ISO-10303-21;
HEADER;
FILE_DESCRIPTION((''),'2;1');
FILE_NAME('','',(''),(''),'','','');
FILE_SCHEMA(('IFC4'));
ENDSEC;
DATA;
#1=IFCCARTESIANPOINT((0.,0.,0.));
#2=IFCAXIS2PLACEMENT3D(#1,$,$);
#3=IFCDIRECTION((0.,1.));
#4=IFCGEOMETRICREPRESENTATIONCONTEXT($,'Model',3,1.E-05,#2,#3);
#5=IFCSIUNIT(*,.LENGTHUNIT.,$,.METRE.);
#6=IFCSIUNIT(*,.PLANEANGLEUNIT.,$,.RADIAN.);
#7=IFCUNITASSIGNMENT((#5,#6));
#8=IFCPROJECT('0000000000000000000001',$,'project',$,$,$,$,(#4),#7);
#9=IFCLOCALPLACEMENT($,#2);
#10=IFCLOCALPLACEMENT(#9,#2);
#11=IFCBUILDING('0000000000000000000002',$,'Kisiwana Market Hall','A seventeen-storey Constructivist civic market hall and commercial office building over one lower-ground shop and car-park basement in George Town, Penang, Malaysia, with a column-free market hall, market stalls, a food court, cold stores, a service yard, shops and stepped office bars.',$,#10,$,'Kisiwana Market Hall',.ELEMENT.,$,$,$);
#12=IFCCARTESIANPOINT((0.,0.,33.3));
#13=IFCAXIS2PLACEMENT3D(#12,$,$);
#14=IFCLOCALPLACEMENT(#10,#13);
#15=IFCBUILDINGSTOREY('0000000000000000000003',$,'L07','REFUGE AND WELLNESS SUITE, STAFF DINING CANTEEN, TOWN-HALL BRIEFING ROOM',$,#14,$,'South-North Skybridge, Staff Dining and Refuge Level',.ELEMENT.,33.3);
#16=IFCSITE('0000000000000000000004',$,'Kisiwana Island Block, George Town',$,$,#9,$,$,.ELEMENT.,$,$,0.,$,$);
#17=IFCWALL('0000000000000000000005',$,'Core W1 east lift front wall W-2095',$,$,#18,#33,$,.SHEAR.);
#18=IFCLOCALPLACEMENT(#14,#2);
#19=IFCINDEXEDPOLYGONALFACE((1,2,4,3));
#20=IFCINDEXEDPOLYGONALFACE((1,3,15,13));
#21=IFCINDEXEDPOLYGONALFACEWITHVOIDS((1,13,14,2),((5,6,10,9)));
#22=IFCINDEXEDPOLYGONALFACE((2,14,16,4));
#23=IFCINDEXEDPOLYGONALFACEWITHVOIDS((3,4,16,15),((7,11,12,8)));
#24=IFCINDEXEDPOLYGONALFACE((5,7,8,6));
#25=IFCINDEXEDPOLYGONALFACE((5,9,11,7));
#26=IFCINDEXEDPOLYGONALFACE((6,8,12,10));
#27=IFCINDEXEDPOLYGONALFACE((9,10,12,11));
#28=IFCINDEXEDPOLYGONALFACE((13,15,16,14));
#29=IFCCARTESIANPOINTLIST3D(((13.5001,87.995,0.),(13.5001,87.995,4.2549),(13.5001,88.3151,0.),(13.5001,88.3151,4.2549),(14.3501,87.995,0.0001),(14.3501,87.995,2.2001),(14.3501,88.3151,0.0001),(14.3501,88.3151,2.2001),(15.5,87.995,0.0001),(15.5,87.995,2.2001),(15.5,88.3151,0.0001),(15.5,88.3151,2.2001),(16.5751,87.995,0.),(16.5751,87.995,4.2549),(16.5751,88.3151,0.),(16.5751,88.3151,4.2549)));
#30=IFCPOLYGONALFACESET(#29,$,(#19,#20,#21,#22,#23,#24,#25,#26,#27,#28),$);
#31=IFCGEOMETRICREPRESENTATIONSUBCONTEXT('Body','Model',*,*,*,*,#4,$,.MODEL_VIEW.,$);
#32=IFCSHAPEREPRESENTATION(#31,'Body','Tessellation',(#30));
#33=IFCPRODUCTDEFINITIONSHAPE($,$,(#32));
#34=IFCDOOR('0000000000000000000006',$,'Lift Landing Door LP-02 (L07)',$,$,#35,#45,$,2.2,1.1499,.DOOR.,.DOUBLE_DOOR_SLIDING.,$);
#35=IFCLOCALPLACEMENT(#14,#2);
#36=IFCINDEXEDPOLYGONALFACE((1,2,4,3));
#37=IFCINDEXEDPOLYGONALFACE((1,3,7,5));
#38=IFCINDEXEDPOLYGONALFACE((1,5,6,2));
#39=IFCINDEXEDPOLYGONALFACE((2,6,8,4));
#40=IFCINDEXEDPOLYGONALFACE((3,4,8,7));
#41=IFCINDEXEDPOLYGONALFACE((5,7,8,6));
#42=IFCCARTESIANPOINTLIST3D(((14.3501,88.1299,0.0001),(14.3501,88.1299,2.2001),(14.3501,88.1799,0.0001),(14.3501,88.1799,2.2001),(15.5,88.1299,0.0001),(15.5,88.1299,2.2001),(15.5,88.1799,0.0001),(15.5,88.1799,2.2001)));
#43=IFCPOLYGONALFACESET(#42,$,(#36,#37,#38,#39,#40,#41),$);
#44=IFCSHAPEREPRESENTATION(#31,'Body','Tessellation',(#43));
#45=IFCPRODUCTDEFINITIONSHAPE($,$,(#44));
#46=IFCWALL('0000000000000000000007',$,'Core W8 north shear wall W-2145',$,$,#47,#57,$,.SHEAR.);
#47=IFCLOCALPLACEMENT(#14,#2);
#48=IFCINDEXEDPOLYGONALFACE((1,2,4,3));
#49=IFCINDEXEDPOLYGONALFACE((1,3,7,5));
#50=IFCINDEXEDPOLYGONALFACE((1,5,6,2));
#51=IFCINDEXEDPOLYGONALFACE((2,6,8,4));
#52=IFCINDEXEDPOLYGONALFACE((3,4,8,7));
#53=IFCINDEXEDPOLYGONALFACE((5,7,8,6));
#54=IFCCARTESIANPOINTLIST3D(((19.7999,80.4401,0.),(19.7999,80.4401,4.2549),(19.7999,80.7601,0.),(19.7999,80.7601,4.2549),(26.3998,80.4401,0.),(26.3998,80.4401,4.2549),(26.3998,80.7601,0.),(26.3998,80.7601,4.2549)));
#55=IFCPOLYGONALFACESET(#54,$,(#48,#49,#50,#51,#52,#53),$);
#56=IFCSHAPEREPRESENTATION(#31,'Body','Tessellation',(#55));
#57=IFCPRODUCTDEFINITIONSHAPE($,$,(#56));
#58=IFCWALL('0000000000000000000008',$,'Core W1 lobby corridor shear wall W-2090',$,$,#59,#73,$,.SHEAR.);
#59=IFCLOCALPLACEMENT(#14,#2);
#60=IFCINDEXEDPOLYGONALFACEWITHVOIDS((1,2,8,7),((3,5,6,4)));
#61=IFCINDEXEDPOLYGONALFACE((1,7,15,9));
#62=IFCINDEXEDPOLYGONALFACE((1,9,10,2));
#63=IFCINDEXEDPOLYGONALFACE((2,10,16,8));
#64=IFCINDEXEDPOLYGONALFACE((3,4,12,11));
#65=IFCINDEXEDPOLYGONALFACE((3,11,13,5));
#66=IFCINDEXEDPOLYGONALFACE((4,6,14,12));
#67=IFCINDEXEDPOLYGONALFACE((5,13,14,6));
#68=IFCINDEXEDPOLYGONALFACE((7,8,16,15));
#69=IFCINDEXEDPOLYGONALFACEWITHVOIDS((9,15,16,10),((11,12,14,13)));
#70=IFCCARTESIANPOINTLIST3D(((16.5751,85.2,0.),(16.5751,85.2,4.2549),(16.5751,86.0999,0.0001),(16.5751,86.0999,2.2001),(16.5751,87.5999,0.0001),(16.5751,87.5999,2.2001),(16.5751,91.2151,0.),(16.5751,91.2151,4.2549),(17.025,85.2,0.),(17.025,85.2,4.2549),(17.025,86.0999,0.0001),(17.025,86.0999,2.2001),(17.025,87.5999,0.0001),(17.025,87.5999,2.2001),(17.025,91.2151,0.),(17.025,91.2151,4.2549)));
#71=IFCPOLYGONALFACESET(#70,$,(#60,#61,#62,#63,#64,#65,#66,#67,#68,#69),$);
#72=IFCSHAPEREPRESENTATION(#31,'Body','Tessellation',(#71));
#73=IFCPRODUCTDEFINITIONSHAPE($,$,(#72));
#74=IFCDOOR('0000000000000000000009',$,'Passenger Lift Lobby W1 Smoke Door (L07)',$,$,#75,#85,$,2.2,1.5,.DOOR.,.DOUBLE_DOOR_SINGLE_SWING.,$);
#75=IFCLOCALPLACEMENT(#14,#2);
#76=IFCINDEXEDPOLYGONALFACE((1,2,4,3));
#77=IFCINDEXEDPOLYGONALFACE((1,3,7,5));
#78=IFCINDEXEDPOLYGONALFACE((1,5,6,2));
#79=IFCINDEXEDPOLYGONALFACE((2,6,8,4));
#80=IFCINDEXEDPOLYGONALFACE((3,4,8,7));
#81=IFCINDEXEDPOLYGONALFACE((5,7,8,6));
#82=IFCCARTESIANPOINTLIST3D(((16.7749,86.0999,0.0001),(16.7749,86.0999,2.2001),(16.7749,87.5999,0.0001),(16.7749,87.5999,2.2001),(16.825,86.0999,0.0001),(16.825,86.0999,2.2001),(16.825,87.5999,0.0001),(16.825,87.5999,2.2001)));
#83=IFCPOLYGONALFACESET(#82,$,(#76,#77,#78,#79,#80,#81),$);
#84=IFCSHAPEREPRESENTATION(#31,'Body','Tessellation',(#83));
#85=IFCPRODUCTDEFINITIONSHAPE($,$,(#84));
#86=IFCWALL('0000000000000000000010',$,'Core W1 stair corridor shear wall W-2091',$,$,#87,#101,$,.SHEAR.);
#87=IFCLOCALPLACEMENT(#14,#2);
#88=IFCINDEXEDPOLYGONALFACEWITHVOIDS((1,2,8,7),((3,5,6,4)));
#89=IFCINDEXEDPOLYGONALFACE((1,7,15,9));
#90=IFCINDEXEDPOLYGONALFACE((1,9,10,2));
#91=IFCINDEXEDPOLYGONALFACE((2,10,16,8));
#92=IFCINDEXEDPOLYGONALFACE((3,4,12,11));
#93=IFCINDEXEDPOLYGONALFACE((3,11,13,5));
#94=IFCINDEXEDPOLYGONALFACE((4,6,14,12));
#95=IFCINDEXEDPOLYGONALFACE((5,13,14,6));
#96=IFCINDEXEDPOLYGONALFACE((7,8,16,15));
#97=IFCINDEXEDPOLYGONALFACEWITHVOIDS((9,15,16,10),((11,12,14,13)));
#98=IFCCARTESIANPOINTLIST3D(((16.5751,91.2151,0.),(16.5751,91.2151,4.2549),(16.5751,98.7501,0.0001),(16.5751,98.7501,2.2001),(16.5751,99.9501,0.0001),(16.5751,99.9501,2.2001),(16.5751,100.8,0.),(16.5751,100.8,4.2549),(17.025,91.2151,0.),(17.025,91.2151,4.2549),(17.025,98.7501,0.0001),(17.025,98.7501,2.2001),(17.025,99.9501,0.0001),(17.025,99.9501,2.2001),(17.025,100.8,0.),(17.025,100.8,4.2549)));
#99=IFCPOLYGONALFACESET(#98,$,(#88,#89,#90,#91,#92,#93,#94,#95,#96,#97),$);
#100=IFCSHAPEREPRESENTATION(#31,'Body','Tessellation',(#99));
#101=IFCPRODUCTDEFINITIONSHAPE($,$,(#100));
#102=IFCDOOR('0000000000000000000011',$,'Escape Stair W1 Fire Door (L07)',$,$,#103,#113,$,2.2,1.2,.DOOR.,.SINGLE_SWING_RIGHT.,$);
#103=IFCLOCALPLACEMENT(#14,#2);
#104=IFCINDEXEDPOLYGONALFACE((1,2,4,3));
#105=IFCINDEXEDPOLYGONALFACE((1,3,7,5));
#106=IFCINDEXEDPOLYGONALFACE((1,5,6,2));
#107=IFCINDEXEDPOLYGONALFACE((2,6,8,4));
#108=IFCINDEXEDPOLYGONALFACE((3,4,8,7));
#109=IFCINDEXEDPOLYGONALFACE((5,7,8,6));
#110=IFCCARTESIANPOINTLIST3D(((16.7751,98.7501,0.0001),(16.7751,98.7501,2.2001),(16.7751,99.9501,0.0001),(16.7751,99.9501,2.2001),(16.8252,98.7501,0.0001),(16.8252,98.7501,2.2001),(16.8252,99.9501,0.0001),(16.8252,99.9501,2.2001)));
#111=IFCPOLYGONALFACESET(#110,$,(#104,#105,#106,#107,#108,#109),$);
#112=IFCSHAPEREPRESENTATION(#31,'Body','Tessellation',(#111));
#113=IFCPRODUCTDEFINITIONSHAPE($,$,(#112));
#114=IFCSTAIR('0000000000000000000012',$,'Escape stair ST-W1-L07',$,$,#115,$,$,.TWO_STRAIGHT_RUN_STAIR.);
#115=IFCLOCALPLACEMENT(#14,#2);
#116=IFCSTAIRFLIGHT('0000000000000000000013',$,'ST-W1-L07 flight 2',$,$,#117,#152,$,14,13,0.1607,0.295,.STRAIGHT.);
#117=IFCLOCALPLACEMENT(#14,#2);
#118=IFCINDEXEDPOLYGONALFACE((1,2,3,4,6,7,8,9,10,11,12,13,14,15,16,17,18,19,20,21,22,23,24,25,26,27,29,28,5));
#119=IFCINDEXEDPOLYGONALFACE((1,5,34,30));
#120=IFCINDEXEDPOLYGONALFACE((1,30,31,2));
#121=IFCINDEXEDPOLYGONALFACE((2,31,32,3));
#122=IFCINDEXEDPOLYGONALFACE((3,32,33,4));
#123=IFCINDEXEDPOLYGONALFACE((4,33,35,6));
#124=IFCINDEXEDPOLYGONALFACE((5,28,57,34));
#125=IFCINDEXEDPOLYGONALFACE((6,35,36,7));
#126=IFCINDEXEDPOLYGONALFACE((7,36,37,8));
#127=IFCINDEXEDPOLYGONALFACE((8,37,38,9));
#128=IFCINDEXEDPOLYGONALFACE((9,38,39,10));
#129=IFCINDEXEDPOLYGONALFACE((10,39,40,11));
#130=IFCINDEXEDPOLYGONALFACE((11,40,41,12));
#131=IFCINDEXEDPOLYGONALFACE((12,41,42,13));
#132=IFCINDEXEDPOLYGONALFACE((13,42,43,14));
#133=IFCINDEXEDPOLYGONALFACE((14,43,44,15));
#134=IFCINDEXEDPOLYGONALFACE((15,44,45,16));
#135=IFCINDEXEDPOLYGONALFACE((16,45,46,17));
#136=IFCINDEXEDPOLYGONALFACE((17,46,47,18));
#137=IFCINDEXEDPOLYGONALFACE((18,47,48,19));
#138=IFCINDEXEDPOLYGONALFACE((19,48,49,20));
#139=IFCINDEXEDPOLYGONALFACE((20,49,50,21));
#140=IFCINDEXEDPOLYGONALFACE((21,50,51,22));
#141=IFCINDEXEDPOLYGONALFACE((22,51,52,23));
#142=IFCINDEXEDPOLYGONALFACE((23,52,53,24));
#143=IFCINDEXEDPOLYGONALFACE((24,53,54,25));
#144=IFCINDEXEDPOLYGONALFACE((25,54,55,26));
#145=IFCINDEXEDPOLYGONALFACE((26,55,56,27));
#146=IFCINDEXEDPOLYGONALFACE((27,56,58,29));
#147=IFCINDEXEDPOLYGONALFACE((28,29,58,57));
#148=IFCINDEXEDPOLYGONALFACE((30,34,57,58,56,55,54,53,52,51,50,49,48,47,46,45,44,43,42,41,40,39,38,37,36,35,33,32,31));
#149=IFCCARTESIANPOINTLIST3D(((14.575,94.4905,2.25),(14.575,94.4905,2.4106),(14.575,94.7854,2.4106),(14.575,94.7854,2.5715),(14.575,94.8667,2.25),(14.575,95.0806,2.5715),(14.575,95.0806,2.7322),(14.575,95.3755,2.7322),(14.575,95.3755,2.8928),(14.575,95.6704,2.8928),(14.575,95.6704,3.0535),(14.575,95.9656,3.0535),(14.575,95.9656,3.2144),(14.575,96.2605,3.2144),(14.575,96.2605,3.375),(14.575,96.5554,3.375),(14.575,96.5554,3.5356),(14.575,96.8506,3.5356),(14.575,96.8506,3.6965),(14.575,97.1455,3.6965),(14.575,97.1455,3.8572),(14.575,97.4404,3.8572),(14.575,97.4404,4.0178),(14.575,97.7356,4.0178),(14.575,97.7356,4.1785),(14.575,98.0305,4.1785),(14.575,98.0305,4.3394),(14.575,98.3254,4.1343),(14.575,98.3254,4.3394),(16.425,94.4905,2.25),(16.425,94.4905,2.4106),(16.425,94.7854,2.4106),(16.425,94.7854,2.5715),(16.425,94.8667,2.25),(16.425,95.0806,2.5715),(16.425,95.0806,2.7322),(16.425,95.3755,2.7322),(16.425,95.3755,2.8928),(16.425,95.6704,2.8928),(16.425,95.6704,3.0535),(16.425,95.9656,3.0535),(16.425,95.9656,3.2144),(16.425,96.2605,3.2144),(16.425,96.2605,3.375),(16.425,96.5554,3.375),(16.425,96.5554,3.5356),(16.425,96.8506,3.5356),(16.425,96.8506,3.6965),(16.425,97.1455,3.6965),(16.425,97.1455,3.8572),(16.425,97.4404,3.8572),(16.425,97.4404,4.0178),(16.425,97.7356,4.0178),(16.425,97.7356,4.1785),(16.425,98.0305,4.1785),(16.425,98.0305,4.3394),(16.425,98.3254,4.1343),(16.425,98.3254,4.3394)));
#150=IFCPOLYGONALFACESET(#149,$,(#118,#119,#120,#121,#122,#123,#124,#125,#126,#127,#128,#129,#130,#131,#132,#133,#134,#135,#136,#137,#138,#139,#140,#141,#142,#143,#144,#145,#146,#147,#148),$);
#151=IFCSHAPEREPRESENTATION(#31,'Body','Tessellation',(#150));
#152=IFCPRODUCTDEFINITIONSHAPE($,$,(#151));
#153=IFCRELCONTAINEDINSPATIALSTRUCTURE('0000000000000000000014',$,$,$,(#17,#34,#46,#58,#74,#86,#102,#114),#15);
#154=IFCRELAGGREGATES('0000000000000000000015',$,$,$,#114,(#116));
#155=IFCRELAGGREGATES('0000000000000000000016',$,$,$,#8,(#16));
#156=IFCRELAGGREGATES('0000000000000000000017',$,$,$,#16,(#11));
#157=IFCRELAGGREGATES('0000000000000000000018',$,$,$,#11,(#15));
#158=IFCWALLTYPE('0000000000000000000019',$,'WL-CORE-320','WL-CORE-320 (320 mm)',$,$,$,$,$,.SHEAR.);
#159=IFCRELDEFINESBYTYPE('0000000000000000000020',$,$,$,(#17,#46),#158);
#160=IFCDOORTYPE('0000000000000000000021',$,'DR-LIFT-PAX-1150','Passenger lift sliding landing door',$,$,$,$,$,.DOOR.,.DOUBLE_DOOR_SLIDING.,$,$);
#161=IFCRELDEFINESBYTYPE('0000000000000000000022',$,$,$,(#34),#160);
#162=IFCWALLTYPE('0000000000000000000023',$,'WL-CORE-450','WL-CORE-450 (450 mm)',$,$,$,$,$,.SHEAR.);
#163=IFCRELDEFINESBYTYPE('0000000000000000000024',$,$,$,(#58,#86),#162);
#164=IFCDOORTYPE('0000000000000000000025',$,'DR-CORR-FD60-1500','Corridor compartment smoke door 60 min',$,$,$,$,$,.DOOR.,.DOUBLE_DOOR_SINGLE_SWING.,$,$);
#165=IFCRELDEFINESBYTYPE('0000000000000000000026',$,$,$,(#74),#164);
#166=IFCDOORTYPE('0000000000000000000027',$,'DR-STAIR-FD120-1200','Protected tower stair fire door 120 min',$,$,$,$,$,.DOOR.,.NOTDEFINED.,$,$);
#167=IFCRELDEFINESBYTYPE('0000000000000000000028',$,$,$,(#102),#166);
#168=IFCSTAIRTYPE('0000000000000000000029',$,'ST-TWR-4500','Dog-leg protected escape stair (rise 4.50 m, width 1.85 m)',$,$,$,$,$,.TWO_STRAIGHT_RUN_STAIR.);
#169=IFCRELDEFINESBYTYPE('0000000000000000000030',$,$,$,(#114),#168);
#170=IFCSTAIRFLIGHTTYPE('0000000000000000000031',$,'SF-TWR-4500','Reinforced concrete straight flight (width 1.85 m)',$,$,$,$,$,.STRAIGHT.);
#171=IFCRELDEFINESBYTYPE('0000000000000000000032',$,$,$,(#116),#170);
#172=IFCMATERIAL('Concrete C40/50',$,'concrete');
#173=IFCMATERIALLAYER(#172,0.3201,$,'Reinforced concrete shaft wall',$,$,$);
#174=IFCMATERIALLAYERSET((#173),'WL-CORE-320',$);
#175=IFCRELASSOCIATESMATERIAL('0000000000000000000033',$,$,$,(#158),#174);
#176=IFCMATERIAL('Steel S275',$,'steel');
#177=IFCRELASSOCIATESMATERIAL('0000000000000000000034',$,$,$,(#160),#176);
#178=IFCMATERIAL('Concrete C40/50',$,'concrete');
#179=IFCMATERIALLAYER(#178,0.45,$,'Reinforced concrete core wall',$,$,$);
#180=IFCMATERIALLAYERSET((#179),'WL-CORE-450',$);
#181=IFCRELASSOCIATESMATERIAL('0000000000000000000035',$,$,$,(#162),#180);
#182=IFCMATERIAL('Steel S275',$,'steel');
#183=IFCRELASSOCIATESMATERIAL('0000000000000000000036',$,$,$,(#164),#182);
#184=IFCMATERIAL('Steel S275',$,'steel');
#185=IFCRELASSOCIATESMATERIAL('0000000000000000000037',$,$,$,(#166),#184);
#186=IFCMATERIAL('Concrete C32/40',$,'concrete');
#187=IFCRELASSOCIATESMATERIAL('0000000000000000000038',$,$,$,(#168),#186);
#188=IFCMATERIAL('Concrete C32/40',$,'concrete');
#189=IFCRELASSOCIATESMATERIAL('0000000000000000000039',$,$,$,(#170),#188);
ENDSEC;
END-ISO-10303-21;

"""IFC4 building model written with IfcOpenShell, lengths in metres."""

from ifc_helpers import new_model, si_unit, direction, frame, frame_2d, origin, place, context, subcontext, project, spatial, polyline, rectangle, outline, extrude, material, layer, layer_set, type_object, element, fill, aggregate, save


model = new_model("IFC4")

# Units and contexts
model_context = context("Model", 3, precision=1e-05, world=origin(), true_north=direction((0.0, 1.0)))
body_context = subcontext(model_context, "Body", "Model", "MODEL_VIEW")
ifc_project = project(units=[si_unit("LENGTHUNIT", "METRE"), si_unit("PLANEANGLEUNIT", "RADIAN")], contexts=[model_context])

# Site, building, storey
site_placement = place(None, origin())
site = spatial("IfcSite", under=ifc_project, at=site_placement, Name="Kisiwana Island Block, George Town", CompositionType="ELEMENT", RefElevation=0.0)
building_placement = place(site_placement, origin())
building = spatial("IfcBuilding", under=site, at=building_placement, Name="Kisiwana Market Hall", Description="A seventeen-storey Constructivist civic market hall and commercial office building over one lower-ground shop and car-park basement in George Town, Penang, Malaysia, with a column-free market hall, market stalls, a food court, cold stores, a service yard, shops and stepped office bars.", LongName="Kisiwana Market Hall", CompositionType="ELEMENT")
storey_placement = place(building_placement, frame((0.0, 0.0, 33.3)))
storey = spatial("IfcBuildingStorey", under=building, at=storey_placement, Name="L07", Description="REFUGE AND WELLNESS SUITE, STAFF DINING CANTEEN, TOWN-HALL BRIEFING ROOM", LongName="South-North Skybridge, Staff Dining and Refuge Level", CompositionType="ELEMENT", Elevation=33.3)

# Shared definitions
ifc_material_1 = material(Name="Concrete C40/50", Category="concrete")
ifc_layer_1 = layer(ifc_material_1, 0.3201, Name="Reinforced concrete shaft wall")
ifc_layer_set_1 = layer_set([ifc_layer_1], Name="WL-CORE-320")
wall_type_1 = type_object("IfcWallType", Name="WL-CORE-320", Description="WL-CORE-320 (320 mm)", PredefinedType="SHEAR", material=ifc_layer_set_1)

# Wall, opening, door
wall_1_placement = place(storey_placement, frame((13.5, 88.155, 0.0), z_axis=(0.0, 0.0, 1.0), x_axis=(1.0, 0.0, 0.0)))
wall_1 = element("IfcWall", 1, at=wall_1_placement, inside=storey, type_object=wall_type_1, Name="Core W1 east lift front wall W-2095", PredefinedType="SHEAR", context=body_context, shape_type="SweptSolid", body=[
    extrude(rectangle(XDim=3.075, YDim=0.3201, at=frame_2d((1.5376, 0.0))), origin(), (0.0, 0.0, 1.0), 4.2549),
])
opening_1_placement = place(wall_1_placement, frame((0.8501, 0.0, 0.0)))
opening_1 = element("IfcOpeningElement", 2, at=opening_1_placement, cuts=wall_1, PredefinedType="OPENING", context=body_context, shape_type="SweptSolid", body=[
    extrude(rectangle(XDim=1.1499, YDim=2.2, at=frame_2d((0.575, 1.1001))), frame((0.0, 0.1719, 0.0), z_axis=(0.0, -1.0, 0.0), x_axis=(1.0, 0.0, 0.0)), (0.0, 0.0, 1.0), 0.344),
])
ifc_material_2 = material(Name="Steel S275", Category="steel")
door_type_1 = type_object("IfcDoorType", Name="DR-LIFT-PAX-1150", Description="Passenger lift sliding landing door", OperationType="DOUBLE_DOOR_SLIDING", PredefinedType="DOOR", material=ifc_material_2)
door_1_placement = place(opening_1_placement, origin())
door_1 = element("IfcDoor", 3, at=door_1_placement, inside=storey, type_object=door_type_1, Name="Lift Landing Door LP-02 (L07)", OperationType="DOUBLE_DOOR_SLIDING", OverallHeight=2.2, OverallWidth=1.1499, PredefinedType="DOOR", context=body_context, shape_type="SweptSolid", body=[
    extrude(rectangle(XDim=1.1499, YDim=2.2, at=frame_2d((0.575, 1.1001))), frame((0.0, 0.0249, 0.0), z_axis=(0.0, -1.0, 0.0), x_axis=(1.0, 0.0, 0.0)), (0.0, 0.0, 1.0), 0.05),
])
fill(opening_1, door_1)

# Wall
wall_2_placement = place(storey_placement, frame((19.8, 80.6001, 0.0), z_axis=(0.0, 0.0, 1.0), x_axis=(1.0, 0.0, 0.0)))
element("IfcWall", 4, at=wall_2_placement, inside=storey, type_object=wall_type_1, Name="Core W8 north shear wall W-2145", PredefinedType="SHEAR", context=body_context, shape_type="SweptSolid", body=[
    extrude(rectangle(XDim=6.5999, YDim=0.3201, at=frame_2d((3.2998, 0.0))), origin(), (0.0, 0.0, 1.0), 4.2549),
])

# Walls, openings, doors
ifc_material_3 = material(Name="Concrete C40/50", Category="concrete")
ifc_layer_2 = layer(ifc_material_3, 0.45, Name="Reinforced concrete core wall")
ifc_layer_set_2 = layer_set([ifc_layer_2], Name="WL-CORE-450")
wall_type_2 = type_object("IfcWallType", Name="WL-CORE-450", Description="WL-CORE-450 (450 mm)", PredefinedType="SHEAR", material=ifc_layer_set_2)
wall_3_placement = place(storey_placement, frame((16.8, 85.2, 0.0), z_axis=(0.0, 0.0, 1.0), x_axis=(0.0, 1.0, 0.0)))
wall_3 = element("IfcWall", 5, at=wall_3_placement, inside=storey, type_object=wall_type_2, Name="Core W1 lobby corridor shear wall W-2090", PredefinedType="SHEAR", context=body_context, shape_type="SweptSolid", body=[
    extrude(rectangle(XDim=6.0151, YDim=0.45, at=frame_2d((3.0076, 0.0))), origin(), (0.0, 0.0, 1.0), 4.2549),
])
opening_2_placement = place(wall_3_placement, frame((0.8999, 0.0, 0.0)))
opening_2 = element("IfcOpeningElement", 6, at=opening_2_placement, cuts=wall_3, PredefinedType="OPENING", context=body_context, shape_type="SweptSolid", body=[
    extrude(rectangle(XDim=1.5, YDim=2.2, at=frame_2d((0.75, 1.1001))), frame((0.0, 0.2368, 0.0), z_axis=(0.0, -1.0, 0.0), x_axis=(1.0, 0.0, 0.0)), (0.0, 0.0, 1.0), 0.4739),
])
ifc_material_4 = material(Name="Steel S275", Category="steel")
door_type_2 = type_object("IfcDoorType", Name="DR-CORR-FD60-1500", Description="Corridor compartment smoke door 60 min", OperationType="DOUBLE_DOOR_SINGLE_SWING", PredefinedType="DOOR", material=ifc_material_4)
door_2_placement = place(opening_2_placement, frame((1.5, 0.0, 0.0), z_axis=(0.0, 0.0, 1.0), x_axis=(-1.0, 0.0, 0.0)))
door_2 = element("IfcDoor", 7, at=door_2_placement, inside=storey, type_object=door_type_2, Name="Passenger Lift Lobby W1 Smoke Door (L07)", OperationType="DOUBLE_DOOR_SINGLE_SWING", OverallHeight=2.2, OverallWidth=1.5, PredefinedType="DOOR", context=body_context, shape_type="SweptSolid", body=[
    extrude(rectangle(XDim=1.5, YDim=2.2, at=frame_2d((0.75, 1.1001))), frame((0.0, 0.0249, 0.0), z_axis=(0.0, -1.0, 0.0), x_axis=(1.0, 0.0, 0.0)), (0.0, 0.0, 1.0), 0.05),
])
fill(opening_2, door_2)
wall_4_placement = place(storey_placement, frame((16.8, 91.2151, 0.0), z_axis=(0.0, 0.0, 1.0), x_axis=(0.0, 1.0, 0.0)))
wall_4 = element("IfcWall", 8, at=wall_4_placement, inside=storey, type_object=wall_type_2, Name="Core W1 stair corridor shear wall W-2091", PredefinedType="SHEAR", context=body_context, shape_type="SweptSolid", body=[
    extrude(rectangle(XDim=9.585, YDim=0.45, at=frame_2d((4.7925, 0.0))), origin(), (0.0, 0.0, 1.0), 4.2549),
])
opening_3_placement = place(wall_4_placement, frame((7.5349, 0.0, 0.0)))
opening_3 = element("IfcOpeningElement", 9, at=opening_3_placement, cuts=wall_4, PredefinedType="OPENING", context=body_context, shape_type="SweptSolid", body=[
    extrude(rectangle(XDim=1.2, YDim=2.2, at=frame_2d((0.6001, 1.1001))), frame((0.0, 0.2368, 0.0), z_axis=(0.0, -1.0, 0.0), x_axis=(1.0, 0.0, 0.0)), (0.0, 0.0, 1.0), 0.4739),
])
ifc_material_5 = material(Name="Steel S275", Category="steel")
door_type_3 = type_object("IfcDoorType", Name="DR-STAIR-FD120-1200", Description="Protected tower stair fire door 120 min", OperationType="NOTDEFINED", PredefinedType="DOOR", material=ifc_material_5)
door_3_placement = place(opening_3_placement, origin())
door_3 = element("IfcDoor", 10, at=door_3_placement, inside=storey, type_object=door_type_3, Name="Escape Stair W1 Fire Door (L07)", OperationType="SINGLE_SWING_RIGHT", OverallHeight=2.2, OverallWidth=1.2, PredefinedType="DOOR", context=body_context, shape_type="SweptSolid", body=[
    extrude(rectangle(XDim=1.2, YDim=2.2, at=frame_2d((0.6001, 1.1001))), frame((0.0, 0.0249, 0.0), z_axis=(0.0, -1.0, 0.0), x_axis=(1.0, 0.0, 0.0)), (0.0, 0.0, 1.0), 0.05),
])
fill(opening_3, door_3)

# Stair, stair flight
ifc_material_6 = material(Name="Concrete C32/40", Category="concrete")
stair_type = type_object("IfcStairType", Name="ST-TWR-4500", Description="Dog-leg protected escape stair (rise 4.50 m, width 1.85 m)", PredefinedType="TWO_STRAIGHT_RUN_STAIR", material=ifc_material_6)
stair_placement = place(storey_placement, origin())
stair = element("IfcStair", 11, at=stair_placement, inside=storey, type_object=stair_type, Name="Escape stair ST-W1-L07", PredefinedType="TWO_STRAIGHT_RUN_STAIR")
ifc_material_7 = material(Name="Concrete C32/40", Category="concrete")
stair_flight_type = type_object("IfcStairFlightType", Name="SF-TWR-4500", Description="Reinforced concrete straight flight (width 1.85 m)", PredefinedType="STRAIGHT", material=ifc_material_7)
stair_flight_placement = place(storey_placement, frame((15.5, 94.4905, 2.25), z_axis=(0.0, 0.0, 1.0), x_axis=(0.0, 1.0, 0.0)))
stair_flight = element("IfcStairFlight", 12, at=stair_flight_placement, type_object=stair_flight_type, Name="ST-W1-L07 flight 2", NumberOfRisers=14, NumberOfTreads=13, PredefinedType="STRAIGHT", RiserHeight=0.1607, TreadLength=0.295, context=body_context, shape_type="SweptSolid", body=[
    extrude(outline(polyline([(0.0, 0.0), (0.0, 0.1606), (0.2949, 0.1606), (0.2949, 0.3215), (0.5901, 0.3215), (0.5901, 0.4822), (0.885, 0.4822), (0.885, 0.6428), (1.1799, 0.6428), (1.1799, 0.8035), (1.4751, 0.8035), (1.4751, 0.9644), (1.77, 0.9644), (1.77, 1.125), (2.0649, 1.125), (2.0649, 1.2856), (2.3601, 1.2856), (2.3601, 1.4465), (2.655, 1.4465), (2.655, 1.6072), (2.95, 1.6072), (2.95, 1.7678), (3.2451, 1.7678), (3.2451, 1.9285), (3.54, 1.9285), (3.54, 2.0894), (3.835, 2.0894), (3.835, 2.25), (3.835, 1.8843), (0.3762, 0.0), (0.0, 0.0)])), frame((0.0, 0.925, 0.0), z_axis=(0.0, -1.0, 0.0), x_axis=(1.0, 0.0, 0.0)), (0.0, 0.0, 1.0), 1.8501),
])
aggregate(stair, [stair_flight])

save(model, "model.ifc")
